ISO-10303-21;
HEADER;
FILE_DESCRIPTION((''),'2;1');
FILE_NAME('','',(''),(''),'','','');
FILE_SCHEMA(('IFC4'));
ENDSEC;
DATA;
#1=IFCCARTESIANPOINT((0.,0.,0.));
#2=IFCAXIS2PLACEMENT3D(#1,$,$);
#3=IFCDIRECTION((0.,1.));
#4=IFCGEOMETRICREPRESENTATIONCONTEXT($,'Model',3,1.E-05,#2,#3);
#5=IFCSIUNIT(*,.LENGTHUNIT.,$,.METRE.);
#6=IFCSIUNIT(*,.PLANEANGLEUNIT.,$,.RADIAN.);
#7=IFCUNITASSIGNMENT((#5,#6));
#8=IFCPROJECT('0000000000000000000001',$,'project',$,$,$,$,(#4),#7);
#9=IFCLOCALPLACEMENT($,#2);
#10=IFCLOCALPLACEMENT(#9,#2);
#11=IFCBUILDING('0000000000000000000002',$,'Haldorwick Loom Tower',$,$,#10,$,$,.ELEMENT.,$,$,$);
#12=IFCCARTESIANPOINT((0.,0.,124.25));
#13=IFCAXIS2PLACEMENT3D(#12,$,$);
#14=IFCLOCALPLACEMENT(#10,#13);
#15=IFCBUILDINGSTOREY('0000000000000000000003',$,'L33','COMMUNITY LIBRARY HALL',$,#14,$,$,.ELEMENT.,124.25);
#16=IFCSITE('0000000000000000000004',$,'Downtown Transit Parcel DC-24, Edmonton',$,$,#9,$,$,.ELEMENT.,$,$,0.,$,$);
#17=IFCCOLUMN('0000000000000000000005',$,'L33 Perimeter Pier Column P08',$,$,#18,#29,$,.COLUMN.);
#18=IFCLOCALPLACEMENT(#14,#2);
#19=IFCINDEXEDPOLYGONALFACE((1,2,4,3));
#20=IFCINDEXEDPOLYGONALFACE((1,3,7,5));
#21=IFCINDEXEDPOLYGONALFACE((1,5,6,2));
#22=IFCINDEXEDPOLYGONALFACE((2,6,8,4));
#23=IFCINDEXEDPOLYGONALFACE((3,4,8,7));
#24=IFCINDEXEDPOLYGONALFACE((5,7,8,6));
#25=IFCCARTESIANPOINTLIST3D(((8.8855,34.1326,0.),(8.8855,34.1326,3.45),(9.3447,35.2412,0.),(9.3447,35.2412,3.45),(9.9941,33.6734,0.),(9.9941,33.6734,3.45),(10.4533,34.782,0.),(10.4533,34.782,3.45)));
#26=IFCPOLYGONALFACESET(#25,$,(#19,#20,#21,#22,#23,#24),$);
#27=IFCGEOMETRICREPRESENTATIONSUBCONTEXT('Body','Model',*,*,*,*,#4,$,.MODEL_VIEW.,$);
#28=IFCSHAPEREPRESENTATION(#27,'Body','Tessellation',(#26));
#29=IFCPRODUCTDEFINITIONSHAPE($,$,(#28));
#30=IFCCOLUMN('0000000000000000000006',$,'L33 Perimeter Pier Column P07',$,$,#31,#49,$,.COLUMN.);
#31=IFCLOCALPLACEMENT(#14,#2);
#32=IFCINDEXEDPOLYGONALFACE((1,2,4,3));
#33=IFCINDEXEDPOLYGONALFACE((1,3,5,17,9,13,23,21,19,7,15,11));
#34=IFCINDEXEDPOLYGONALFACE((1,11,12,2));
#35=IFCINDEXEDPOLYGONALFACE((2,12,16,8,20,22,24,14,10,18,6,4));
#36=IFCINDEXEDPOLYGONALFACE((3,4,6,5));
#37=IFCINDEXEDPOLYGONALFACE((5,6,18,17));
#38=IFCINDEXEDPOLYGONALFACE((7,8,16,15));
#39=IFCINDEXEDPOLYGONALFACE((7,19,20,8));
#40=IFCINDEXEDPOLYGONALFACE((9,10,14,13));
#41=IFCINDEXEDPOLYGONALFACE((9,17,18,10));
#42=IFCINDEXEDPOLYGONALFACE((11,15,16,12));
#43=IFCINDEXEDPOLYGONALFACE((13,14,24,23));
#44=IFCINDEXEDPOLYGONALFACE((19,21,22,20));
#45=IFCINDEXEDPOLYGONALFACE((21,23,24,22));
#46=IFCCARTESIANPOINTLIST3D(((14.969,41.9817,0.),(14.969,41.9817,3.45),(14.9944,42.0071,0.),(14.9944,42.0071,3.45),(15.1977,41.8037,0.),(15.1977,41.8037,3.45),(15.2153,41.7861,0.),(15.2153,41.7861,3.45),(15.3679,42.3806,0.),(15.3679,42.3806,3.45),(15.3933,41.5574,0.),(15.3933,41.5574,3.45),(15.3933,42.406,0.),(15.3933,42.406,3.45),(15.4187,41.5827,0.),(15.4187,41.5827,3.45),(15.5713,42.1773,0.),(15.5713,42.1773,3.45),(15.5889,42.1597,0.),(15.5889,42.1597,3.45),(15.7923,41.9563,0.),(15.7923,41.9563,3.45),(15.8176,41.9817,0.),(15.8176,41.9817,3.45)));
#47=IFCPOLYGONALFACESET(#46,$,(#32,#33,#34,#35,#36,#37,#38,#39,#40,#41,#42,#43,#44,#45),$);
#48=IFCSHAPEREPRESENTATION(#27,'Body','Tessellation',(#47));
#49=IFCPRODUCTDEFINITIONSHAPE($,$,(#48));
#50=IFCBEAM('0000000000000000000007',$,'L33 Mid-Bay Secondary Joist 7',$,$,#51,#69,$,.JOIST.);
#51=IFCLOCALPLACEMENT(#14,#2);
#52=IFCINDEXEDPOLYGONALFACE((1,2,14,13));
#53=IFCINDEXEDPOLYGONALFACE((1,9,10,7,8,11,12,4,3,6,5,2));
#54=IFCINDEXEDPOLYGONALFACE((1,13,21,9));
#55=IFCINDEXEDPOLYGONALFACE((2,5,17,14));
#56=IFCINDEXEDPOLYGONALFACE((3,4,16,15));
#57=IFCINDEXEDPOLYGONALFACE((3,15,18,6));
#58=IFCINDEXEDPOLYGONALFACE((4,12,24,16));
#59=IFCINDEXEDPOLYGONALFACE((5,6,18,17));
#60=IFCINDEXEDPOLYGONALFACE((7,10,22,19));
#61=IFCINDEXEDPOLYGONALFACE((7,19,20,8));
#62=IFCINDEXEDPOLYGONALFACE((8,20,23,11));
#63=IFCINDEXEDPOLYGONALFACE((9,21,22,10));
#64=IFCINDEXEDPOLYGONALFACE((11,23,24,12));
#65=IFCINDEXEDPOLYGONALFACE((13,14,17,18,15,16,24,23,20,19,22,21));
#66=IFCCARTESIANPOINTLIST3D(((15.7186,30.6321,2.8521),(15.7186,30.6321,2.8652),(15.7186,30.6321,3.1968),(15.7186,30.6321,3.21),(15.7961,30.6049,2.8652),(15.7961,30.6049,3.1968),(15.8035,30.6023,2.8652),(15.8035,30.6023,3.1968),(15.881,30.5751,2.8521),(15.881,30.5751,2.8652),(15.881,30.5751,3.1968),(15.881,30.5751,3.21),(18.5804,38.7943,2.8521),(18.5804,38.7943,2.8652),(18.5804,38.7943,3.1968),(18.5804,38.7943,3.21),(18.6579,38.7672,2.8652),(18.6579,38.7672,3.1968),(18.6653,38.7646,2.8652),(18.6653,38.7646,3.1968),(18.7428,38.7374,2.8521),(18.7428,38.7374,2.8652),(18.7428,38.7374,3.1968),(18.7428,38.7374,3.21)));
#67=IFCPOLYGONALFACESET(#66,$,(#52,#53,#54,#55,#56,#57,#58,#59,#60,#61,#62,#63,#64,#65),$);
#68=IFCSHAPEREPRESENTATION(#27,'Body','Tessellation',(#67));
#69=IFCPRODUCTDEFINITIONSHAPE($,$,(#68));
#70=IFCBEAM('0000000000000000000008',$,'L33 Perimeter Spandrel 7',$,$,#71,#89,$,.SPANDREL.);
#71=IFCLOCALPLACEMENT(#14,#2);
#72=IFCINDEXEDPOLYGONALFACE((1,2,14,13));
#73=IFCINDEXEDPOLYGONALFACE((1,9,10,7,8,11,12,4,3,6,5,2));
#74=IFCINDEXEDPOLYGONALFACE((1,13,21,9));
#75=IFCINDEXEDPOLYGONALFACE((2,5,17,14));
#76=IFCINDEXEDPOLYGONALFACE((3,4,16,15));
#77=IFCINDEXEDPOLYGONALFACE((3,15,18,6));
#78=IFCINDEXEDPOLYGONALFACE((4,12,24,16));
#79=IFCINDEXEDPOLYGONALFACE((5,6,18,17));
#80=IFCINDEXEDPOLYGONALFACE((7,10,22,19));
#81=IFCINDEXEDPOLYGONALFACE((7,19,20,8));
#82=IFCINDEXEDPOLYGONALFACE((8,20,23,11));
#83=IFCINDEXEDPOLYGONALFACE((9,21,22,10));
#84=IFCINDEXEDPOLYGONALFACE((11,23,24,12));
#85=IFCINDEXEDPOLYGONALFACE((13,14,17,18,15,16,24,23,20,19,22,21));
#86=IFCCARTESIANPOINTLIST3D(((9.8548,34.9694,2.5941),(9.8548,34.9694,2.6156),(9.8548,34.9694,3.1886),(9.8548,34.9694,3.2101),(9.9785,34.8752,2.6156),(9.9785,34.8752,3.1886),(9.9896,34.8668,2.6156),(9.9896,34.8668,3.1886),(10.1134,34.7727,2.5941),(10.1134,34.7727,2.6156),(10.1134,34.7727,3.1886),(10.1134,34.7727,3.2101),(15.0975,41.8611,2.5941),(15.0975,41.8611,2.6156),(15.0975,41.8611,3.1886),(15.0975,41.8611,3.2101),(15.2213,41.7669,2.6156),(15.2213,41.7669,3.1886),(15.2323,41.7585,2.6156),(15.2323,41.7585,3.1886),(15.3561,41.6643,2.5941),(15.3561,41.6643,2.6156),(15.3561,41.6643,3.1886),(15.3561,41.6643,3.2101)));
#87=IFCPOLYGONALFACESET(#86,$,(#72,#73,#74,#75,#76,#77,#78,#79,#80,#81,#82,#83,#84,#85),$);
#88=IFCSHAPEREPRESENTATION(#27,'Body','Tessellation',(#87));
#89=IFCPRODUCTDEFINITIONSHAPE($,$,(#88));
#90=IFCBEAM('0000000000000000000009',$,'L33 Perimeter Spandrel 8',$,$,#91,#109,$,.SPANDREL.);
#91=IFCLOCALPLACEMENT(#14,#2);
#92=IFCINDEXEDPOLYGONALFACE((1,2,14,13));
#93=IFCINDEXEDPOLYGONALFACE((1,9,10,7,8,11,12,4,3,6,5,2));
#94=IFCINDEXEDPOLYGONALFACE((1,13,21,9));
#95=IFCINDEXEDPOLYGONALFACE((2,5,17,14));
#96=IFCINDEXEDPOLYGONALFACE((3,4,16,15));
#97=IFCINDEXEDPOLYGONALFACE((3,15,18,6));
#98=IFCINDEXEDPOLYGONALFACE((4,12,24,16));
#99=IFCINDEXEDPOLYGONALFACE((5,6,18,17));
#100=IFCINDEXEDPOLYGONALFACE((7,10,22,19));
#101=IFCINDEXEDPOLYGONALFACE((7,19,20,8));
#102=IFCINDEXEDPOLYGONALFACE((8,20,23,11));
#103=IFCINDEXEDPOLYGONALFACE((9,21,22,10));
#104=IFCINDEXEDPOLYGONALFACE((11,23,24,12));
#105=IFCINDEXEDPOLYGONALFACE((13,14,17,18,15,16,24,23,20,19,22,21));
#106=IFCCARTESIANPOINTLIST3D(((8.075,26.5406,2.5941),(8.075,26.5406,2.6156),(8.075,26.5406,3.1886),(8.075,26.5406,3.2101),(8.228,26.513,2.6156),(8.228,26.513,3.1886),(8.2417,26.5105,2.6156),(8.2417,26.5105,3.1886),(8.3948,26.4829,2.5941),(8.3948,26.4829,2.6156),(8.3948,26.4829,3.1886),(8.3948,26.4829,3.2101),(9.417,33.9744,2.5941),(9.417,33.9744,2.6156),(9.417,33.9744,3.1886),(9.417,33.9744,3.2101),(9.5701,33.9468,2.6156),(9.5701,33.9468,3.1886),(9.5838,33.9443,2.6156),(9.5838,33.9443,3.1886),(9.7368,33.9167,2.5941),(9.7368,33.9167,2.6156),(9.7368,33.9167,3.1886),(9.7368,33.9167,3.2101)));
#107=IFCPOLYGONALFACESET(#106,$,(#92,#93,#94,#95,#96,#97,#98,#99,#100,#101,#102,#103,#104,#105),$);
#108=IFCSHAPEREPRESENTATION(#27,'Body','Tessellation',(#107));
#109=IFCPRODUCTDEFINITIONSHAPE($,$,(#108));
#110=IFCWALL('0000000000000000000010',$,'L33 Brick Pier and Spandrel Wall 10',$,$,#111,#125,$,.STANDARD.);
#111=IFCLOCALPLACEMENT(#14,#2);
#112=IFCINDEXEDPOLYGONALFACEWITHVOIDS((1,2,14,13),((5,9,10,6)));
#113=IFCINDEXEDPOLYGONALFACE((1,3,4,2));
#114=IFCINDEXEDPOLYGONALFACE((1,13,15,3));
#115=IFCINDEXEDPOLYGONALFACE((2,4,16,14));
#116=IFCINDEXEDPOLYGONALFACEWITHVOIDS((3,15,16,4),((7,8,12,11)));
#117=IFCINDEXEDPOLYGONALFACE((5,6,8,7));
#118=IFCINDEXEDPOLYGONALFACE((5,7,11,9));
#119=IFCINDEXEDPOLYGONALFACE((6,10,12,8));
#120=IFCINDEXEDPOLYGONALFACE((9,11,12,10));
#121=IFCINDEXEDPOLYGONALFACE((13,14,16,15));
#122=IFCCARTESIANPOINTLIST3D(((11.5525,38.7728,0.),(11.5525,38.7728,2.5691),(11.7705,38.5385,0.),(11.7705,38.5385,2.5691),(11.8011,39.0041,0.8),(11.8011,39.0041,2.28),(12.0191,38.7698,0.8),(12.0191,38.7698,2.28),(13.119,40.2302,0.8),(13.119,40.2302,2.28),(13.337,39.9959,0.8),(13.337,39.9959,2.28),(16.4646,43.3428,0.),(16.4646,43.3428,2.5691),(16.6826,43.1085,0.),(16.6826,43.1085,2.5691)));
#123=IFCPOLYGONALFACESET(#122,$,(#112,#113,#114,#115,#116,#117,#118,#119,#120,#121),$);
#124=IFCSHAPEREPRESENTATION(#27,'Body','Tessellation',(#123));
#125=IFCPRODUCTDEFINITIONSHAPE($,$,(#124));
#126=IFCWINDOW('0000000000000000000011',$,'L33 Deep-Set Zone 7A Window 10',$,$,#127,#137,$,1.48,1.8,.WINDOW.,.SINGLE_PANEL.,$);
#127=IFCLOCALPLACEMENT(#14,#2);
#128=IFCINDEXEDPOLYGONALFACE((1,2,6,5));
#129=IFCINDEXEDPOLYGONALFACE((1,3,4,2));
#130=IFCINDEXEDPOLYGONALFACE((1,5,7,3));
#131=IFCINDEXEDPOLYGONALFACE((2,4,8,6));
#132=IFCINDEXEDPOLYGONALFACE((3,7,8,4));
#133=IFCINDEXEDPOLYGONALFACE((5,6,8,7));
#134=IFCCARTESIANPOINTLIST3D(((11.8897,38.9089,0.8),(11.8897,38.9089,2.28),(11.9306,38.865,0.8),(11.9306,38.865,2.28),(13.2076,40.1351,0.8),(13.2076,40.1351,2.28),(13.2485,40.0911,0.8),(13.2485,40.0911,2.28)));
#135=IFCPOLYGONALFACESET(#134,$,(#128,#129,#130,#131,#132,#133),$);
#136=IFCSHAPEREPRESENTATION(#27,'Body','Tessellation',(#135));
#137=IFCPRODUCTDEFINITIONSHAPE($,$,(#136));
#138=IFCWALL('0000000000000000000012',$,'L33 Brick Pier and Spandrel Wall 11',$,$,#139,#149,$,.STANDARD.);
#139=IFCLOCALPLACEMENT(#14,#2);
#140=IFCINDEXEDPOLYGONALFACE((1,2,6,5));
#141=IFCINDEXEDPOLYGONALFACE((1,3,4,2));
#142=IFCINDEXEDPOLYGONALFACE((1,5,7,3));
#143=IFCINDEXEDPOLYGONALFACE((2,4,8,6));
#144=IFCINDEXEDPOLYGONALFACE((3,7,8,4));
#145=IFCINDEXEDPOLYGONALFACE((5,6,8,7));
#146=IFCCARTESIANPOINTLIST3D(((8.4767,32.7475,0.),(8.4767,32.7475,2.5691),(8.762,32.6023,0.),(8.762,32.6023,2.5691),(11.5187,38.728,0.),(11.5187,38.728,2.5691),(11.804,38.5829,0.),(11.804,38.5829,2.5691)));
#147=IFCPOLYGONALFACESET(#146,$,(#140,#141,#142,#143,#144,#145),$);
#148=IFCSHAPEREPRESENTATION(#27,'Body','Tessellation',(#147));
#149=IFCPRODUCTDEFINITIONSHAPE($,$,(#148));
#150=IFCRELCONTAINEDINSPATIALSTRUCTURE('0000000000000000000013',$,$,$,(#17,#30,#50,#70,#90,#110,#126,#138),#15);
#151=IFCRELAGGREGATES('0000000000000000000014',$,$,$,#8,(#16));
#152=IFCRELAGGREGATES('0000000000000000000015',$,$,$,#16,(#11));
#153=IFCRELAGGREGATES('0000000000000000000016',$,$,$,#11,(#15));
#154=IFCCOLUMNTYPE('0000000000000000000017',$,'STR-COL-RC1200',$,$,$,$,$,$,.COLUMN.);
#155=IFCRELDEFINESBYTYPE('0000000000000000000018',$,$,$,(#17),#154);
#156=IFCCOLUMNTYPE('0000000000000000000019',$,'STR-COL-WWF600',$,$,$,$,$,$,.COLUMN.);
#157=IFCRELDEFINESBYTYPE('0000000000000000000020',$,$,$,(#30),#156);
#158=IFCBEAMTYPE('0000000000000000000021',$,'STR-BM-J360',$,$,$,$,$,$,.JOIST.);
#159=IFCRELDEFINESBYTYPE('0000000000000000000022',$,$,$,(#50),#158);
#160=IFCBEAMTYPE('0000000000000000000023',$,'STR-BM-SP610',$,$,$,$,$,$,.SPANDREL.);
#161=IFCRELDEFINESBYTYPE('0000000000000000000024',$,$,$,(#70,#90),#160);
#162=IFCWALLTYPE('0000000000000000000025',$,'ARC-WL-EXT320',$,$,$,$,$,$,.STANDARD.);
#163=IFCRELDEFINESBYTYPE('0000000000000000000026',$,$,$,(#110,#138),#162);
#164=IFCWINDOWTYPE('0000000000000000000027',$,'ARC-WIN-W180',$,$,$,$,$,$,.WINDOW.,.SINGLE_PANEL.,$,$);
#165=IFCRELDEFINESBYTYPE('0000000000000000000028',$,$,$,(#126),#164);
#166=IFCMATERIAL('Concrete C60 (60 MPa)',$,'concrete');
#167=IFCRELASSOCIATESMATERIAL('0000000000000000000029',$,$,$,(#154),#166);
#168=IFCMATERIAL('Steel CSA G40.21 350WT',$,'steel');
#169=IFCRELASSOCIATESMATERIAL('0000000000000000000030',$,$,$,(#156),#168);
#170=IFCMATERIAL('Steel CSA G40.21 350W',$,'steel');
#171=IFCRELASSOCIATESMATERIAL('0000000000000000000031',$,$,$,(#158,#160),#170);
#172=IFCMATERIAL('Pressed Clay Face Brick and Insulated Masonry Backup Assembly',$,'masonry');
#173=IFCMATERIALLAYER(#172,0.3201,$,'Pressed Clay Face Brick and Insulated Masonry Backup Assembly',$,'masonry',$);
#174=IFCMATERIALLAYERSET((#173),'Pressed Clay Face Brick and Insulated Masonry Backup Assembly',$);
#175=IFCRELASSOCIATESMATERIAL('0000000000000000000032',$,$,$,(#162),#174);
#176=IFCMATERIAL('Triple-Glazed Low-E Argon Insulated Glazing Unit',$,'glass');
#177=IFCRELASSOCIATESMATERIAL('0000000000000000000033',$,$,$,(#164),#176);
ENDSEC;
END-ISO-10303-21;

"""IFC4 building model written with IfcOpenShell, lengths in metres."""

from ifc_helpers import new_model, si_unit, direction, frame, frame_2d, origin, origin_2d, place, context, subcontext, project, spatial, rectangle, i_section, extrude, material, layer, layer_set, material_profile, profile_set, type_object, element, fill, save


model = new_model("IFC4")

# Units and contexts
model_context = context("Model", 3, precision=1e-05, world=origin(), true_north=direction((0.0, 1.0)))
body_context = subcontext(model_context, "Body", "Model", "MODEL_VIEW")
ifc_project = project(units=[si_unit("LENGTHUNIT", "METRE"), si_unit("PLANEANGLEUNIT", "RADIAN")], contexts=[model_context])

# Site, building, storey
site_placement = place(None, origin())
site = spatial("IfcSite", under=ifc_project, at=site_placement, Name="Downtown Transit Parcel DC-24, Edmonton", CompositionType="ELEMENT", RefElevation=0.0)
building_placement = place(site_placement, origin())
building = spatial("IfcBuilding", under=site, at=building_placement, Name="Haldorwick Loom Tower", CompositionType="ELEMENT")
storey_placement = place(building_placement, frame((0.0, 0.0, 124.25)))
storey = spatial("IfcBuildingStorey", under=building, at=storey_placement, Name="L33", Description="COMMUNITY LIBRARY HALL", CompositionType="ELEMENT", Elevation=124.25)

# Columns
ifc_material_1 = material(Name="Concrete C60 (60 MPa)", Category="concrete")
ifc_material_profile_1 = material_profile(ifc_material_1, rectangle(XDim=1.2, YDim=1.2, at=origin_2d()), Name="RC1200X1200", Category="concrete")
ifc_profile_set_1 = profile_set([ifc_material_profile_1], Name="Concrete C60 (60 MPa)")
column_type_1 = type_object("IfcColumnType", Name="STR-COL-RC1200", PredefinedType="COLUMN", material=ifc_profile_set_1)
column_1_placement = place(storey_placement, frame((9.6694, 34.4573, 0.0), z_axis=(0.0, 0.0, 1.0), x_axis=(-0.92388, 0.382683, 0.0)))
element("IfcColumn", 1, at=column_1_placement, inside=storey, type_object=column_type_1, Name="L33 Perimeter Pier Column P08", PredefinedType="COLUMN", context=body_context, shape_type="SweptSolid", body=[
    extrude(rectangle(XDim=1.2, YDim=1.2, at=origin_2d()), origin(), (0.0, 0.0, 1.0), 3.45),
])
ifc_material_2 = material(Name="Steel CSA G40.21 350WT", Category="steel")
ifc_material_profile_2 = material_profile(ifc_material_2, i_section(OverallWidth=0.6001, OverallDepth=0.6001, WebThickness=0.0249, FlangeThickness=0.0359, at=origin_2d()), Name="WWF600X600", Category="steel")
ifc_profile_set_2 = profile_set([ifc_material_profile_2], Name="Steel CSA G40.21 350WT")
column_type_2 = type_object("IfcColumnType", Name="STR-COL-WWF600", PredefinedType="COLUMN", material=ifc_profile_set_2)
column_2_placement = place(storey_placement, frame((15.3933, 41.9817, 0.0), z_axis=(0.0, 0.0, 1.0), x_axis=(-0.707107, 0.707107, 0.0)))
element("IfcColumn", 2, at=column_2_placement, inside=storey, type_object=column_type_2, Name="L33 Perimeter Pier Column P07", PredefinedType="COLUMN", context=body_context, shape_type="SweptSolid", body=[
    extrude(i_section(OverallWidth=0.6001, OverallDepth=0.6001, WebThickness=0.0249, FlangeThickness=0.0359, at=origin_2d()), origin(), (0.0, 0.0, 1.0), 3.45),
])

# Beams
ifc_material_3 = material(Name="Steel CSA G40.21 350W", Category="steel")
ifc_material_profile_3 = material_profile(ifc_material_3, i_section(OverallWidth=0.1721, OverallDepth=0.3579, WebThickness=0.0078, FlangeThickness=0.0132, at=origin_2d()), Name="W360X57", Category="steel")
ifc_profile_set_3 = profile_set([ifc_material_profile_3], Name="Steel CSA G40.21 350W")
beam_type_1 = type_object("IfcBeamType", Name="STR-BM-J360", PredefinedType="JOIST", material=ifc_profile_set_3)
beam_1_placement = place(storey_placement, frame((18.6616, 38.7659, 3.031), z_axis=(-0.330865, -0.943678, 0.0), x_axis=(0.943678, -0.330865, 0.0)))
element("IfcBeam", 3, at=beam_1_placement, inside=storey, type_object=beam_type_1, Name="L33 Mid-Bay Secondary Joist 7", PredefinedType="JOIST", context=body_context, shape_type="SweptSolid", body=[
    extrude(i_section(OverallWidth=0.1721, OverallDepth=0.3579, WebThickness=0.0078, FlangeThickness=0.0132, at=origin_2d()), origin(), (0.0, 0.0, 1.0), 8.6494),
])
ifc_material_profile_4 = material_profile(ifc_material_3, i_section(OverallWidth=0.325, OverallDepth=0.616, WebThickness=0.0139, FlangeThickness=0.0215, at=origin_2d()), Name="W610X174", Category="steel")
ifc_profile_set_4 = profile_set([ifc_material_profile_4], Name="Steel CSA G40.21 350W")
beam_type_2 = type_object("IfcBeamType", Name="STR-BM-SP610", PredefinedType="SPANDREL", material=ifc_profile_set_4)
beam_2_placement = place(storey_placement, frame((15.2268, 41.7627, 2.9021), z_axis=(-0.605454, -0.795881, 0.0), x_axis=(0.795881, -0.605454, 0.0)))
element("IfcBeam", 4, at=beam_2_placement, inside=storey, type_object=beam_type_2, Name="L33 Perimeter Spandrel 7", PredefinedType="SPANDREL", context=body_context, shape_type="SweptSolid", body=[
    extrude(i_section(OverallWidth=0.325, OverallDepth=0.616, WebThickness=0.0139, FlangeThickness=0.0215, at=origin_2d()), origin(), (0.0, 0.0, 1.0), 8.6592),
])
beam_3_placement = place(storey_placement, frame((9.5769, 33.9456, 2.9021), z_axis=(-0.177659, -0.984092, 0.0), x_axis=(0.984092, -0.177659, 0.0)))
element("IfcBeam", 5, at=beam_3_placement, inside=storey, type_object=beam_type_2, Name="L33 Perimeter Spandrel 8", PredefinedType="SPANDREL", context=body_context, shape_type="SweptSolid", body=[
    extrude(i_section(OverallWidth=0.325, OverallDepth=0.616, WebThickness=0.0139, FlangeThickness=0.0215, at=origin_2d()), origin(), (0.0, 0.0, 1.0), 7.554),
])

# Wall, opening, window
ifc_material_4 = material(Name="Pressed Clay Face Brick and Insulated Masonry Backup Assembly", Category="masonry")
ifc_layer_1 = layer(ifc_material_4, 0.3201, Name="Pressed Clay Face Brick and Insulated Masonry Backup Assembly", Category="masonry")
ifc_layer_set_1 = layer_set([ifc_layer_1], Name="Pressed Clay Face Brick and Insulated Masonry Backup Assembly")
wall_type_1 = type_object("IfcWallType", Name="ARC-WL-EXT320", PredefinedType="STANDARD", material=ifc_layer_set_1)
wall_1_placement = place(storey_placement, frame((16.5735, 43.2256, 0.0), z_axis=(0.0, 0.0, 1.0), x_axis=(-0.732137, -0.681157, 0.0)))
wall_1 = element("IfcWall", 6, at=wall_1_placement, inside=storey, type_object=wall_type_1, Name="L33 Brick Pier and Spandrel Wall 10", PredefinedType="STANDARD", context=body_context, shape_type="SweptSolid", body=[
    extrude(rectangle(XDim=6.7092, YDim=0.3201, at=frame_2d((3.3545, 0.0))), origin(), (0.0, 0.0, 1.0), 2.5691),
])
opening_1_placement = place(wall_1_placement, frame((4.5696, 0.0, 0.8)))
opening_1 = element("IfcOpeningElement", 7, at=opening_1_placement, cuts=wall_1, PredefinedType="OPENING", context=body_context, shape_type="SweptSolid", body=[
    extrude(rectangle(XDim=1.8, YDim=1.48, at=frame_2d((0.8999, 0.74))), frame((0.0, 0.1699, 0.0), z_axis=(0.0, -1.0, 0.0), x_axis=(1.0, 0.0, 0.0)), (0.0, 0.0, 1.0), 0.3401),
])
ifc_material_5 = material(Name="Triple-Glazed Low-E Argon Insulated Glazing Unit", Category="glass")
window_type = type_object("IfcWindowType", Name="ARC-WIN-W180", PartitioningType="SINGLE_PANEL", PredefinedType="WINDOW", material=ifc_material_5)
window_1_placement = place(opening_1_placement, origin())
window_1 = element("IfcWindow", 8, at=window_1_placement, inside=storey, type_object=window_type, Name="L33 Deep-Set Zone 7A Window 10", OverallHeight=1.48, OverallWidth=1.8, PartitioningType="SINGLE_PANEL", PredefinedType="WINDOW", context=body_context, shape_type="SweptSolid", body=[
    extrude(rectangle(XDim=1.8, YDim=1.48, at=frame_2d((0.8999, 0.74))), frame((0.0, 0.03, 0.0), z_axis=(0.0, -1.0, 0.0), x_axis=(1.0, 0.0, 0.0)), (0.0, 0.0, 1.0), 0.0601),
])
fill(opening_1, window_1)

# Wall
wall_2_placement = place(storey_placement, frame((11.6614, 38.6555, 0.0), z_axis=(0.0, 0.0, 1.0), x_axis=(-0.453374, -0.89132, 0.0)))
element("IfcWall", 9, at=wall_2_placement, inside=storey, type_object=wall_type_1, Name="L33 Brick Pier and Spandrel Wall 11", PredefinedType="STANDARD", context=body_context, shape_type="SweptSolid", body=[
    extrude(rectangle(XDim=6.7097, YDim=0.3201, at=frame_2d((3.355, 0.0))), origin(), (0.0, 0.0, 1.0), 2.5691),
])

save(model, "model.ifc")
